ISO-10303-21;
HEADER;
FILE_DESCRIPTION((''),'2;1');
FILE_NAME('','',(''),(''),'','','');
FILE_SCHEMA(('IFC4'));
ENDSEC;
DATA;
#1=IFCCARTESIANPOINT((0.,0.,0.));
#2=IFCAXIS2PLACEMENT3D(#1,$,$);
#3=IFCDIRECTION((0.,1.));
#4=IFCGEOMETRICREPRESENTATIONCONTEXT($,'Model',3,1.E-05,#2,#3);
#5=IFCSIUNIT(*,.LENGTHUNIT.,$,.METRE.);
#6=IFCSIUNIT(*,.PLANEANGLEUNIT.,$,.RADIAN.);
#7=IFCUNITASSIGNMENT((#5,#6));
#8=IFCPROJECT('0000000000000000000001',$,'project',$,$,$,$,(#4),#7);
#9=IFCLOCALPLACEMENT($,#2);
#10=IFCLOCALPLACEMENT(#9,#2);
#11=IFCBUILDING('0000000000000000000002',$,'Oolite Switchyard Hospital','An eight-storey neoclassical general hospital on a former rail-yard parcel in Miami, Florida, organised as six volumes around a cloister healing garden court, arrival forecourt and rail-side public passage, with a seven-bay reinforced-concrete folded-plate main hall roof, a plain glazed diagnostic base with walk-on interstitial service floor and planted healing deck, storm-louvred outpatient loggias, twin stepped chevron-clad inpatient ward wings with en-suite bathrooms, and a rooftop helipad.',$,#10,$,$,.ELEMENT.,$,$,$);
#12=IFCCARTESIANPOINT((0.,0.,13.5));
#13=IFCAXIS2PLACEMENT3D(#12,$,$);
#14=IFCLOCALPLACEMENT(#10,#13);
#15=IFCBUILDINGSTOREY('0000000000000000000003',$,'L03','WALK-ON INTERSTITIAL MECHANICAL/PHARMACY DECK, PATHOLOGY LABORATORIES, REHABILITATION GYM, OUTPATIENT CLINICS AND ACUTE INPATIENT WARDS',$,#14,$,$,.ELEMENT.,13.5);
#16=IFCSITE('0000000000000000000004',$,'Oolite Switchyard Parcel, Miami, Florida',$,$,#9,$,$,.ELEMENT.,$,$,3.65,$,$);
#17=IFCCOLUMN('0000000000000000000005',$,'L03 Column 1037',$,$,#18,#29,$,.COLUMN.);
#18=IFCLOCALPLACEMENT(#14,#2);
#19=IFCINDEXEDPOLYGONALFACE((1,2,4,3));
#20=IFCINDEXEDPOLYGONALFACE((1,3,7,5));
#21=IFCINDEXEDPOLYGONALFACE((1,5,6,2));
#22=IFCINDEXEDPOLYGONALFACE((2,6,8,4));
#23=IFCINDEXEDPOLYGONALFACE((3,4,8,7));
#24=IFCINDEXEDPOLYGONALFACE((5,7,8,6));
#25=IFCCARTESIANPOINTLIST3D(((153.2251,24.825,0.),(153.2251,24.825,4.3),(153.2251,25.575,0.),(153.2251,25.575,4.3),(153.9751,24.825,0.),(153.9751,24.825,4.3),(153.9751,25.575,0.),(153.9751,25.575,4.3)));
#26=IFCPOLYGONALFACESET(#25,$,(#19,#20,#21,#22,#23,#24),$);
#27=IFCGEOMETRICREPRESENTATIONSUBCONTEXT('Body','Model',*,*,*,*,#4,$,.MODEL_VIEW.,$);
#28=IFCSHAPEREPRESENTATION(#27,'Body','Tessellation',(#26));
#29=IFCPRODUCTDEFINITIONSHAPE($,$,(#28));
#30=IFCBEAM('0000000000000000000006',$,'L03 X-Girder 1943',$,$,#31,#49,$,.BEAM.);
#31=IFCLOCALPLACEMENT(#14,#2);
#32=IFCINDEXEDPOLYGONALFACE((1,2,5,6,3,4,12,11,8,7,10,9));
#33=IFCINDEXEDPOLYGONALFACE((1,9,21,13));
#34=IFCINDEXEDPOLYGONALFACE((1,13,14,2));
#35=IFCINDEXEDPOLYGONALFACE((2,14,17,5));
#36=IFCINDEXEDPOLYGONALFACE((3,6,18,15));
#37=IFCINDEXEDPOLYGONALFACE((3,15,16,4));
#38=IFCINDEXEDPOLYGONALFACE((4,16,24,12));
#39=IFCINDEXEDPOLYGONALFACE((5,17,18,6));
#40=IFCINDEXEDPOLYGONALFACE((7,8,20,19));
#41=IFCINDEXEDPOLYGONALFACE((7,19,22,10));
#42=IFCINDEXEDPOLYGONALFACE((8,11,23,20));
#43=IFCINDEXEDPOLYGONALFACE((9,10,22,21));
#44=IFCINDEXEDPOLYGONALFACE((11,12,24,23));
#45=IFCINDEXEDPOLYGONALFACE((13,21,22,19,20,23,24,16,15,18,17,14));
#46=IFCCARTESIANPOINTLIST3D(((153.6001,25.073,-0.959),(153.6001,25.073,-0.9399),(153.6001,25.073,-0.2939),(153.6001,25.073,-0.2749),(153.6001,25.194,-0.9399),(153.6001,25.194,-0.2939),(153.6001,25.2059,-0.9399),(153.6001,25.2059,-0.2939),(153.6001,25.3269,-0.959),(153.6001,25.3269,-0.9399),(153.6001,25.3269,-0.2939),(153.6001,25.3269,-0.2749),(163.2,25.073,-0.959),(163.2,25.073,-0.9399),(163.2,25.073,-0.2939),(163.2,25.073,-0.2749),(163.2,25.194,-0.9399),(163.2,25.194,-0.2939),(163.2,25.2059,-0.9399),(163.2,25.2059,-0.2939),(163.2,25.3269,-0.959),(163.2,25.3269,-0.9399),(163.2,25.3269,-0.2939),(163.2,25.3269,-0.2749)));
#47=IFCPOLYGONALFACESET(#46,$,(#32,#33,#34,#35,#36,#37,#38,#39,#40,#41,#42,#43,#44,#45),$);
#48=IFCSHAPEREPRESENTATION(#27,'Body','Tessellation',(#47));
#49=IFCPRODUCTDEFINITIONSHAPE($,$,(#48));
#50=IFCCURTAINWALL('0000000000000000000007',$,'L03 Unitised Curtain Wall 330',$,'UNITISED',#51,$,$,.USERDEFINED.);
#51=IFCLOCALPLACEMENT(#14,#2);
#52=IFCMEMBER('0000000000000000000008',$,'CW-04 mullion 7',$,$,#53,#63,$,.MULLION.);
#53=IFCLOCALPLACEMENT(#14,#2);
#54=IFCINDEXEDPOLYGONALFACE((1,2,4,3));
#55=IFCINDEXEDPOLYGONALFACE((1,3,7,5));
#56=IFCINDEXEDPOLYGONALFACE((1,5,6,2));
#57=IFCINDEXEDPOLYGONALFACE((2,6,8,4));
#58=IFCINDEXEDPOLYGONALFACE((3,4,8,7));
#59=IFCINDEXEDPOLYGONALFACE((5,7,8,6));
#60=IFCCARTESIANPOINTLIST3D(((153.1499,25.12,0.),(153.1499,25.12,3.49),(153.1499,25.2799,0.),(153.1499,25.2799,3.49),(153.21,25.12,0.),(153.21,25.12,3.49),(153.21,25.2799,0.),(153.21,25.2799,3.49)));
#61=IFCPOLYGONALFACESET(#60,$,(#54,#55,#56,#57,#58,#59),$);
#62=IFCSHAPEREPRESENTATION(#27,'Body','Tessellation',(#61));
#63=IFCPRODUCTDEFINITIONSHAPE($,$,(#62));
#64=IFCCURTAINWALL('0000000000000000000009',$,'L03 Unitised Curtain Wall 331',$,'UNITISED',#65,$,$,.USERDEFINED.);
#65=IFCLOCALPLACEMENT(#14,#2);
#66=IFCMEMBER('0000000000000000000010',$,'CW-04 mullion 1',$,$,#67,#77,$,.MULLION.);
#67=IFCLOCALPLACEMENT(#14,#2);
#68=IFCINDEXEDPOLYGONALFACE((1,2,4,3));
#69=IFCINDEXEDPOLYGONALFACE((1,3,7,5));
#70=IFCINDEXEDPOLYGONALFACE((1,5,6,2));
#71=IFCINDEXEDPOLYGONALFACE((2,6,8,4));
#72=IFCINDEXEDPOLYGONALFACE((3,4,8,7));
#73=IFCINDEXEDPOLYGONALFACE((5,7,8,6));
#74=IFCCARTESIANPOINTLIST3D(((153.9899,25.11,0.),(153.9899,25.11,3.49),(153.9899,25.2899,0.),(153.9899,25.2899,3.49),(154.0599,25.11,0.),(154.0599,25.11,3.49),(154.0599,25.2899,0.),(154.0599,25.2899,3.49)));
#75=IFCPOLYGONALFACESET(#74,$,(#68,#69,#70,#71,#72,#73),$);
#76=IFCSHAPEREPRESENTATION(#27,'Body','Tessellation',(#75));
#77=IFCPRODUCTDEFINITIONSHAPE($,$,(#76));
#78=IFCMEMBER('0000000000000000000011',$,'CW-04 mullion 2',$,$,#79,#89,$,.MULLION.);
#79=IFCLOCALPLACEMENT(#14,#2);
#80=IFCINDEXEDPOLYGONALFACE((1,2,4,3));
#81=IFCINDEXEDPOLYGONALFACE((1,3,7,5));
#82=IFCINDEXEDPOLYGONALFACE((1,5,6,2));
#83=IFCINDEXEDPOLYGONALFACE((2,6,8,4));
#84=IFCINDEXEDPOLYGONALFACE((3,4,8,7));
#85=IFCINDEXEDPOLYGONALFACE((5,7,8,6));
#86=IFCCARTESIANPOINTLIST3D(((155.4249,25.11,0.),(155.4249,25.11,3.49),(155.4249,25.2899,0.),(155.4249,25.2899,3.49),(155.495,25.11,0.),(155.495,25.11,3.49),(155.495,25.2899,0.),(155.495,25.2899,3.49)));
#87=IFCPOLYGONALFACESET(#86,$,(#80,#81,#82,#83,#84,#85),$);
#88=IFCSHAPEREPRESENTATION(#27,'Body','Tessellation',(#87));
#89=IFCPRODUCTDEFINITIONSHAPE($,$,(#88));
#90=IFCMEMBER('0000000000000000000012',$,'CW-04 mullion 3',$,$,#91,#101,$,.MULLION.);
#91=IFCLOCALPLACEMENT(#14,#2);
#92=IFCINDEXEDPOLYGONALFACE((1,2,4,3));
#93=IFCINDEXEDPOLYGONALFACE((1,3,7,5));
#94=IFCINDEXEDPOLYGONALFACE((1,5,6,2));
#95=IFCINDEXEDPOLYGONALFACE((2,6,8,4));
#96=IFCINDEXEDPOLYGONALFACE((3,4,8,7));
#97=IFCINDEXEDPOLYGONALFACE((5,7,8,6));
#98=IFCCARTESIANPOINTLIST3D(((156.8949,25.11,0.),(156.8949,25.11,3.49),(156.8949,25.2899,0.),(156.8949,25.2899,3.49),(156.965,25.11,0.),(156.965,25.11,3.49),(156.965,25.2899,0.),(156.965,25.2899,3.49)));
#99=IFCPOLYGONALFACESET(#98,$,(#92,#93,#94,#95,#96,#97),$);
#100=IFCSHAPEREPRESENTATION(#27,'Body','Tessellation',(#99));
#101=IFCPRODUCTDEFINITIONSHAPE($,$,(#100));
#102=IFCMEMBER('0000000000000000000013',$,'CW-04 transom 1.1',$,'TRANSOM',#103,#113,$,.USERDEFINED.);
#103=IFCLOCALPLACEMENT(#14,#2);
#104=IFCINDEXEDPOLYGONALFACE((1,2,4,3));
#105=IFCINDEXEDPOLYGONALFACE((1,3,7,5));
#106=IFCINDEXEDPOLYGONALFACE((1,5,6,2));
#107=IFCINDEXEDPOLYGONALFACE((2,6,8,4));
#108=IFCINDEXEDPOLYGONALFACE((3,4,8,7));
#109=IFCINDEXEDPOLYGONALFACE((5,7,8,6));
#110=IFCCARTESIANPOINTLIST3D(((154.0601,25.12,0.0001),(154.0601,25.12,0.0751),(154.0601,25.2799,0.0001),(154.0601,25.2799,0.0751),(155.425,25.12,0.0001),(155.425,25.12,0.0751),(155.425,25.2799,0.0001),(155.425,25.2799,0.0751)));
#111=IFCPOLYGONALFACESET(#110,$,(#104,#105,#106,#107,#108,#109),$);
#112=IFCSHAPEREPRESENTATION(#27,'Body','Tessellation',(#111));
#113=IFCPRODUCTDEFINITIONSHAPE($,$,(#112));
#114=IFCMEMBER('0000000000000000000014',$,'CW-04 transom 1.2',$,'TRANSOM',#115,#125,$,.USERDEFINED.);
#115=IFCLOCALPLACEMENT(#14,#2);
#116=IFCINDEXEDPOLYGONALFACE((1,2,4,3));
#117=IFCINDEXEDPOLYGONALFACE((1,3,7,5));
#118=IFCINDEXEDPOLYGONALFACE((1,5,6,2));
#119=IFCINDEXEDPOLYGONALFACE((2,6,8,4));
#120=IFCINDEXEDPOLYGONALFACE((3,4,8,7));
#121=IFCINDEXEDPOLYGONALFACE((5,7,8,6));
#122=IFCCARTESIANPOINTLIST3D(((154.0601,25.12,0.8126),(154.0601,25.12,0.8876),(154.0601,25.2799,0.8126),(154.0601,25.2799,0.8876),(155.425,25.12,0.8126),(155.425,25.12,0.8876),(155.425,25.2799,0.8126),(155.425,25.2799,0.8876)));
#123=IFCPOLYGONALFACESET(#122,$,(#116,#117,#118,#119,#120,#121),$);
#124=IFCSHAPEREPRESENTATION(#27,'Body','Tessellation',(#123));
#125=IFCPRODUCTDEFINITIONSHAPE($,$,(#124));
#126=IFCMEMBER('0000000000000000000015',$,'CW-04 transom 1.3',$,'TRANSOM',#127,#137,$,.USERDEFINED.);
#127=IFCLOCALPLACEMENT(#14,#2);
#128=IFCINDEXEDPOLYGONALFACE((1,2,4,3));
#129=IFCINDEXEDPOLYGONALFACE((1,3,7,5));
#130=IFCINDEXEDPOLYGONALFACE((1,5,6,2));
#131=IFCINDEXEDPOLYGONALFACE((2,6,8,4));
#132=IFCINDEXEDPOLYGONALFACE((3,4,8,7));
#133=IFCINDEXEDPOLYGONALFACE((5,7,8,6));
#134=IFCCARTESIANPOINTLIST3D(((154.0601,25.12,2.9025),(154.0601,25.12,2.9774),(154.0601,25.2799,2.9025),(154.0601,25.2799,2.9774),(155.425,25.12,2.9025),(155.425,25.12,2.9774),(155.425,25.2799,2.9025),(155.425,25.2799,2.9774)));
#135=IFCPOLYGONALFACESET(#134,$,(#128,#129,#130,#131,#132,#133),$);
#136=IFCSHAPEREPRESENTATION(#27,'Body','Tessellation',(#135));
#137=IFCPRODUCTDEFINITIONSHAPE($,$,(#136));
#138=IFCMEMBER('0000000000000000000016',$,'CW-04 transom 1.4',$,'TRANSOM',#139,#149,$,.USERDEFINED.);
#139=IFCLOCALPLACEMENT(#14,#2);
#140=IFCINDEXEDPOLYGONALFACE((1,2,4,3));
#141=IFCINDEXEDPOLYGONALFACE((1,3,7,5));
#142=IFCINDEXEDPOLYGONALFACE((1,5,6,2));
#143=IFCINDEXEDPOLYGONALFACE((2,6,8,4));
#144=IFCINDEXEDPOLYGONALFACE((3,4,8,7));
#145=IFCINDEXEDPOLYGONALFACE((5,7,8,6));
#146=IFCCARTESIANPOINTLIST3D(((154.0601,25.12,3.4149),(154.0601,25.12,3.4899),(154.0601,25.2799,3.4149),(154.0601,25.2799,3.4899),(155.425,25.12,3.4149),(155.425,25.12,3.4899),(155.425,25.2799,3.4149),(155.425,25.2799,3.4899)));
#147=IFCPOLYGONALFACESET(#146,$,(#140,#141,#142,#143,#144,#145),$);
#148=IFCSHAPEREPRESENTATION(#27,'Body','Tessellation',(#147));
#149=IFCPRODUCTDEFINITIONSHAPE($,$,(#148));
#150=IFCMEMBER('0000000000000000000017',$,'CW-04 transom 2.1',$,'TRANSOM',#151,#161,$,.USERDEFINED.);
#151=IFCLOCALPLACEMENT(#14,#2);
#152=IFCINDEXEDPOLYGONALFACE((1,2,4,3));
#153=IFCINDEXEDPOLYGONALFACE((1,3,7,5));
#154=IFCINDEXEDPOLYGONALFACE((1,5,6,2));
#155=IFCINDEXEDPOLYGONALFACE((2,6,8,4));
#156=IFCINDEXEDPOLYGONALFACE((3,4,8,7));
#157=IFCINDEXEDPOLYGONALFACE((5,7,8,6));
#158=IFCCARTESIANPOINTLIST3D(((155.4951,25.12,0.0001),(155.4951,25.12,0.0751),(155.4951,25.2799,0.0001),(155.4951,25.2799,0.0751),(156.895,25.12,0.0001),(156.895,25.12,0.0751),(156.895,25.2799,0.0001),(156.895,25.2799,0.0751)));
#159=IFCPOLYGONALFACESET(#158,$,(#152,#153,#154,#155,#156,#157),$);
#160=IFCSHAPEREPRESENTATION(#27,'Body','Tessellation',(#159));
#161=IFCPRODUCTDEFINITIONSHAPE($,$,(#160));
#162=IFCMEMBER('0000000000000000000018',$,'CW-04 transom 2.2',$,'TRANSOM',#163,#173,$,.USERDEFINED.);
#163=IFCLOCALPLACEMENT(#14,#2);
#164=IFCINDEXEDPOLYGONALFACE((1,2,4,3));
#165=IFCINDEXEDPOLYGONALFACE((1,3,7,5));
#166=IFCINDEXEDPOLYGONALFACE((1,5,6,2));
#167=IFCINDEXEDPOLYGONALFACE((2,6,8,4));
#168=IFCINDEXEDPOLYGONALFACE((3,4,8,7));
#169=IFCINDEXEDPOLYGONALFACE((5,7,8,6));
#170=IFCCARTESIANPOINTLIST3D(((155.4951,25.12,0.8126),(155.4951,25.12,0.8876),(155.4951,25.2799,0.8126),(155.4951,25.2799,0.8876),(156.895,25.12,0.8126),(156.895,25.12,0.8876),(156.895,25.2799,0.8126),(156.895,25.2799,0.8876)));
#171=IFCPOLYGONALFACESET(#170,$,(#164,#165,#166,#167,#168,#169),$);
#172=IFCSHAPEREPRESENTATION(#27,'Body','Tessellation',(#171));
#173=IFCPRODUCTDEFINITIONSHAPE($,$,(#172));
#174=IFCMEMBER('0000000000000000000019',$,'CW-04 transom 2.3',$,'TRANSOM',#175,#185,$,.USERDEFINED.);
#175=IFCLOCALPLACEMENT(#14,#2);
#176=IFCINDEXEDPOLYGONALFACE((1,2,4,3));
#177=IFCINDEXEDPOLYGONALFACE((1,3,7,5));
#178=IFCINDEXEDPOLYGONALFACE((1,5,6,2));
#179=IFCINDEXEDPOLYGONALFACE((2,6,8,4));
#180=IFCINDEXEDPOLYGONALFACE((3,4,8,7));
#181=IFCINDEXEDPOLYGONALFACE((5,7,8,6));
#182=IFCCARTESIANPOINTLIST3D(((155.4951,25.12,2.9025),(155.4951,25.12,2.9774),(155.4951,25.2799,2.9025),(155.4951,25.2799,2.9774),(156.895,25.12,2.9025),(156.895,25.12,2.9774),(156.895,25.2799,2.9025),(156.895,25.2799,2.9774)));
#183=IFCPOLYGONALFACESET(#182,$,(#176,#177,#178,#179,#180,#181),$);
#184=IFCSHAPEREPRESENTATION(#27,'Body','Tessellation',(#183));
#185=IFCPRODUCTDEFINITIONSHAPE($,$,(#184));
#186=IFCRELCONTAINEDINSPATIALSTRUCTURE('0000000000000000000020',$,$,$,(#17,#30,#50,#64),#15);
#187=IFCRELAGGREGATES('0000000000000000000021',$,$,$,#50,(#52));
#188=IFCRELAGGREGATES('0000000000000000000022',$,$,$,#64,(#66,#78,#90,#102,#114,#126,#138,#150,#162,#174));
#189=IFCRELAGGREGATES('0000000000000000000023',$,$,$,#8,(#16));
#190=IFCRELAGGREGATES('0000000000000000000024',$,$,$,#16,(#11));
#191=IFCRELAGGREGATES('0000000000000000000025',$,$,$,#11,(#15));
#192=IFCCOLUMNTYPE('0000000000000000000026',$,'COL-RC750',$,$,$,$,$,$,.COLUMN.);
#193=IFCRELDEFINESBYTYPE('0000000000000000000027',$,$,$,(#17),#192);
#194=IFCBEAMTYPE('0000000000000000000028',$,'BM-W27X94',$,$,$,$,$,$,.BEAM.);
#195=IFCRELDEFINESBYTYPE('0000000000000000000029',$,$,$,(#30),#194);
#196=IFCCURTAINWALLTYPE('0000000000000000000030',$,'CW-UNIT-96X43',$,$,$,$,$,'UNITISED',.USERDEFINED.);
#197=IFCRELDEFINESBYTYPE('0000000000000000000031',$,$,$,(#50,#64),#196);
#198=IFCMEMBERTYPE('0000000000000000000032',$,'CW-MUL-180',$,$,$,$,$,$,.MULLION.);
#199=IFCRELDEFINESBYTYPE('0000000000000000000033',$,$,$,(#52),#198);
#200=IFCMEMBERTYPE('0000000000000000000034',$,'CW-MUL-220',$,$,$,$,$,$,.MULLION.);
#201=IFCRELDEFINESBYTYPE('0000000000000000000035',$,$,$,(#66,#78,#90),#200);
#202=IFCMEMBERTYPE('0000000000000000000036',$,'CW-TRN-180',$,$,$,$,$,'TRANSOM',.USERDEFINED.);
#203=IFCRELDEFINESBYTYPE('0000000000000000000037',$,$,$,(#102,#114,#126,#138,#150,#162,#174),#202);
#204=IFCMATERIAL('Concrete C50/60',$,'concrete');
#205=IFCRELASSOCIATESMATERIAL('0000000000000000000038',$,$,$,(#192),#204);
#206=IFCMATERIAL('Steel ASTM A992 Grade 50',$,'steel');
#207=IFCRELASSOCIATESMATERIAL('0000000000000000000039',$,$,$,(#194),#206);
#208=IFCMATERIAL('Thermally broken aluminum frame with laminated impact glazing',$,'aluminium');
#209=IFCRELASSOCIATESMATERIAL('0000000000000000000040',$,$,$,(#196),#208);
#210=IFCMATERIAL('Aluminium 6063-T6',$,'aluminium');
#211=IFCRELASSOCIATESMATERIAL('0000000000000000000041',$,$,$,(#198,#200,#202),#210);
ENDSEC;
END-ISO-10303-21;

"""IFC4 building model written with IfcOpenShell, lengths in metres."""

from ifc_helpers import new_model, si_unit, direction, frame, origin, origin_2d, place, context, subcontext, project, spatial, rectangle, i_section, extrude, material, material_profile, profile_set, type_object, element, aggregate, save


model = new_model("IFC4")

# Units and contexts
model_context = context("Model", 3, precision=1e-05, world=origin(), true_north=direction((0.0, 1.0)))
body_context = subcontext(model_context, "Body", "Model", "MODEL_VIEW")
ifc_project = project(units=[si_unit("LENGTHUNIT", "METRE"), si_unit("PLANEANGLEUNIT", "RADIAN")], contexts=[model_context])

# Site, building, storey
site_placement = place(None, origin())
site = spatial("IfcSite", under=ifc_project, at=site_placement, Name="Oolite Switchyard Parcel, Miami, Florida", CompositionType="ELEMENT", RefElevation=3.65)
building_placement = place(site_placement, origin())
building = spatial("IfcBuilding", under=site, at=building_placement, Name="Oolite Switchyard Hospital", Description="An eight-storey neoclassical general hospital on a former rail-yard parcel in Miami, Florida, organised as six volumes around a cloister healing garden court, arrival forecourt and rail-side public passage, with a seven-bay reinforced-concrete folded-plate main hall roof, a plain glazed diagnostic base with walk-on interstitial service floor and planted healing deck, storm-louvred outpatient loggias, twin stepped chevron-clad inpatient ward wings with en-suite bathrooms, and a rooftop helipad.", CompositionType="ELEMENT")
storey_placement = place(building_placement, frame((0.0, 0.0, 13.5)))
storey = spatial("IfcBuildingStorey", under=building, at=storey_placement, Name="L03", Description="WALK-ON INTERSTITIAL MECHANICAL/PHARMACY DECK, PATHOLOGY LABORATORIES, REHABILITATION GYM, OUTPATIENT CLINICS AND ACUTE INPATIENT WARDS", CompositionType="ELEMENT", Elevation=13.5)

# Column
ifc_material_1 = material(Name="Concrete C50/60", Category="concrete")
ifc_material_profile_1 = material_profile(ifc_material_1, rectangle(XDim=0.75, YDim=0.75, at=origin_2d()), Name="RC750X750")
ifc_profile_set_1 = profile_set([ifc_material_profile_1], Name="Concrete C50/60")
column_type = type_object("IfcColumnType", Name="COL-RC750", PredefinedType="COLUMN", material=ifc_profile_set_1)
column_placement = place(storey_placement, frame((153.6001, 25.2, 0.0), z_axis=(0.0, 0.0, 1.0), x_axis=(1.0, 0.0, 0.0)))
element("IfcColumn", 1, at=column_placement, inside=storey, type_object=column_type, Name="L03 Column 1037", PredefinedType="COLUMN", context=body_context, shape_type="SweptSolid", body=[
    extrude(rectangle(XDim=0.75, YDim=0.75, at=origin_2d()), origin(), (0.0, 0.0, 1.0), 4.3),
])

# Beam
ifc_material_2 = material(Name="Steel ASTM A992 Grade 50", Category="steel")
ifc_material_profile_2 = material_profile(ifc_material_2, i_section(OverallWidth=0.2539, OverallDepth=0.6841, WebThickness=0.012, FlangeThickness=0.019, at=origin_2d()), Name="W27X94")
ifc_profile_set_2 = profile_set([ifc_material_profile_2], Name="Steel ASTM A992 Grade 50")
beam_type = type_object("IfcBeamType", Name="BM-W27X94", PredefinedType="BEAM", material=ifc_profile_set_2)
beam_placement = place(storey_placement, frame((153.6001, 25.2, -0.6169), z_axis=(1.0, 0.0, 0.0), x_axis=(0.0, 1.0, 0.0)))
element("IfcBeam", 2, at=beam_placement, inside=storey, type_object=beam_type, Name="L03 X-Girder 1943", PredefinedType="BEAM", context=body_context, shape_type="SweptSolid", body=[
    extrude(i_section(OverallWidth=0.2539, OverallDepth=0.6841, WebThickness=0.012, FlangeThickness=0.019, at=origin_2d()), origin(), (0.0, 0.0, 1.0), 9.5999),
])

# Curtain wall, member
ifc_material_3 = material(Name="Thermally broken aluminum frame with laminated impact glazing", Category="aluminium")
curtain_wall_type = type_object("IfcCurtainWallType", Name="CW-UNIT-96X43", ElementType="UNITISED", PredefinedType="USERDEFINED", material=ifc_material_3)
curtain_wall_1_placement = place(storey_placement, origin())
curtain_wall_1 = element("IfcCurtainWall", 3, at=curtain_wall_1_placement, inside=storey, type_object=curtain_wall_type, Name="L03 Unitised Curtain Wall 330", ObjectType="UNITISED", PredefinedType="USERDEFINED")
ifc_material_4 = material(Name="Aluminium 6063-T6", Category="aluminium")
ifc_material_profile_3 = material_profile(ifc_material_4, rectangle(XDim=0.1599, YDim=0.0601, at=origin_2d()), Name="CWM60X160")
ifc_profile_set_3 = profile_set([ifc_material_profile_3], Name="Aluminium 6063-T6")
member_type_1 = type_object("IfcMemberType", Name="CW-MUL-180", PredefinedType="MULLION", material=ifc_profile_set_3)
member_1_placement = place(storey_placement, frame((153.1799, 25.2, 0.0), z_axis=(0.0, 0.0, 1.0), x_axis=(0.0, 1.0, 0.0)))
member_1 = element("IfcMember", 4, at=member_1_placement, type_object=member_type_1, Name="CW-04 mullion 7", PredefinedType="MULLION", context=body_context, shape_type="SweptSolid", body=[
    extrude(rectangle(XDim=0.1599, YDim=0.0601, at=origin_2d()), origin(), (0.0, 0.0, 1.0), 3.49),
])

# Curtain wall, members
curtain_wall_2_placement = place(storey_placement, origin())
curtain_wall_2 = element("IfcCurtainWall", 5, at=curtain_wall_2_placement, inside=storey, type_object=curtain_wall_type, Name="L03 Unitised Curtain Wall 331", ObjectType="UNITISED", PredefinedType="USERDEFINED")
ifc_material_profile_4 = material_profile(ifc_material_4, rectangle(XDim=0.1799, YDim=0.0701, at=origin_2d()), Name="CWM70X180")
ifc_profile_set_4 = profile_set([ifc_material_profile_4], Name="Aluminium 6063-T6")
member_type_2 = type_object("IfcMemberType", Name="CW-MUL-220", PredefinedType="MULLION", material=ifc_profile_set_4)
member_2_placement = place(storey_placement, frame((154.0249, 25.2, 0.0), z_axis=(0.0, 0.0, 1.0), x_axis=(0.0, 1.0, 0.0)))
member_2 = element("IfcMember", 6, at=member_2_placement, type_object=member_type_2, Name="CW-04 mullion 1", PredefinedType="MULLION", context=body_context, shape_type="SweptSolid", body=[
    extrude(rectangle(XDim=0.1799, YDim=0.0701, at=origin_2d()), origin(), (0.0, 0.0, 1.0), 3.49),
])
member_3_placement = place(storey_placement, frame((155.46, 25.2, 0.0), z_axis=(0.0, 0.0, 1.0), x_axis=(0.0, 1.0, 0.0)))
member_3 = element("IfcMember", 7, at=member_3_placement, type_object=member_type_2, Name="CW-04 mullion 2", PredefinedType="MULLION", context=body_context, shape_type="SweptSolid", body=[
    extrude(rectangle(XDim=0.1799, YDim=0.0701, at=origin_2d()), origin(), (0.0, 0.0, 1.0), 3.49),
])
member_4_placement = place(storey_placement, frame((156.9299, 25.2, 0.0), z_axis=(0.0, 0.0, 1.0), x_axis=(0.0, 1.0, 0.0)))
member_4 = element("IfcMember", 8, at=member_4_placement, type_object=member_type_2, Name="CW-04 mullion 3", PredefinedType="MULLION", context=body_context, shape_type="SweptSolid", body=[
    extrude(rectangle(XDim=0.1799, YDim=0.0701, at=origin_2d()), origin(), (0.0, 0.0, 1.0), 3.49),
])
ifc_material_profile_5 = material_profile(ifc_material_4, rectangle(XDim=0.1599, YDim=0.075, at=origin_2d()), Name="CWT75X160")
ifc_profile_set_5 = profile_set([ifc_material_profile_5], Name="Aluminium 6063-T6")
member_type_3 = type_object("IfcMemberType", Name="CW-TRN-180", ElementType="TRANSOM", PredefinedType="USERDEFINED", material=ifc_profile_set_5)
member_5_placement = place(storey_placement, frame((154.0601, 25.2, 0.0376), z_axis=(1.0, 0.0, 0.0), x_axis=(0.0, 1.0, 0.0)))
member_5 = element("IfcMember", 9, at=member_5_placement, type_object=member_type_3, Name="CW-04 transom 1.1", ObjectType="TRANSOM", PredefinedType="USERDEFINED", context=body_context, shape_type="SweptSolid", body=[
    extrude(rectangle(XDim=0.1599, YDim=0.075, at=origin_2d()), origin(), (0.0, 0.0, 1.0), 1.365),
])
member_6_placement = place(storey_placement, frame((154.0601, 25.2, 0.8501), z_axis=(1.0, 0.0, 0.0), x_axis=(0.0, 1.0, 0.0)))
member_6 = element("IfcMember", 10, at=member_6_placement, type_object=member_type_3, Name="CW-04 transom 1.2", ObjectType="TRANSOM", PredefinedType="USERDEFINED", context=body_context, shape_type="SweptSolid", body=[
    extrude(rectangle(XDim=0.1599, YDim=0.075, at=origin_2d()), origin(), (0.0, 0.0, 1.0), 1.365),
])
member_7_placement = place(storey_placement, frame((154.0601, 25.2, 2.9399), z_axis=(1.0, 0.0, 0.0), x_axis=(0.0, 1.0, 0.0)))
member_7 = element("IfcMember", 11, at=member_7_placement, type_object=member_type_3, Name="CW-04 transom 1.3", ObjectType="TRANSOM", PredefinedType="USERDEFINED", context=body_context, shape_type="SweptSolid", body=[
    extrude(rectangle(XDim=0.1599, YDim=0.075, at=origin_2d()), origin(), (0.0, 0.0, 1.0), 1.365),
])
member_8_placement = place(storey_placement, frame((154.0601, 25.2, 3.4524), z_axis=(1.0, 0.0, 0.0), x_axis=(0.0, 1.0, 0.0)))
member_8 = element("IfcMember", 12, at=member_8_placement, type_object=member_type_3, Name="CW-04 transom 1.4", ObjectType="TRANSOM", PredefinedType="USERDEFINED", context=body_context, shape_type="SweptSolid", body=[
    extrude(rectangle(XDim=0.1599, YDim=0.075, at=origin_2d()), origin(), (0.0, 0.0, 1.0), 1.365),
])
member_9_placement = place(storey_placement, frame((155.4951, 25.2, 0.0376), z_axis=(1.0, 0.0, 0.0), x_axis=(0.0, 1.0, 0.0)))
member_9 = element("IfcMember", 13, at=member_9_placement, type_object=member_type_3, Name="CW-04 transom 2.1", ObjectType="TRANSOM", PredefinedType="USERDEFINED", context=body_context, shape_type="SweptSolid", body=[
    extrude(rectangle(XDim=0.1599, YDim=0.075, at=origin_2d()), origin(), (0.0, 0.0, 1.0), 1.3999),
])
member_10_placement = place(storey_placement, frame((155.4951, 25.2, 0.8501), z_axis=(1.0, 0.0, 0.0), x_axis=(0.0, 1.0, 0.0)))
member_10 = element("IfcMember", 14, at=member_10_placement, type_object=member_type_3, Name="CW-04 transom 2.2", ObjectType="TRANSOM", PredefinedType="USERDEFINED", context=body_context, shape_type="SweptSolid", body=[
    extrude(rectangle(XDim=0.1599, YDim=0.075, at=origin_2d()), origin(), (0.0, 0.0, 1.0), 1.3999),
])
member_11_placement = place(storey_placement, frame((155.4951, 25.2, 2.9399), z_axis=(1.0, 0.0, 0.0), x_axis=(0.0, 1.0, 0.0)))
member_11 = element("IfcMember", 15, at=member_11_placement, type_object=member_type_3, Name="CW-04 transom 2.3", ObjectType="TRANSOM", PredefinedType="USERDEFINED", context=body_context, shape_type="SweptSolid", body=[
    extrude(rectangle(XDim=0.1599, YDim=0.075, at=origin_2d()), origin(), (0.0, 0.0, 1.0), 1.3999),
])

aggregate(curtain_wall_1, [member_1])
aggregate(curtain_wall_2, [member_2, member_3, member_4, member_5, member_6, member_7, member_8, member_9, member_10, member_11])

save(model, "model.ifc")
